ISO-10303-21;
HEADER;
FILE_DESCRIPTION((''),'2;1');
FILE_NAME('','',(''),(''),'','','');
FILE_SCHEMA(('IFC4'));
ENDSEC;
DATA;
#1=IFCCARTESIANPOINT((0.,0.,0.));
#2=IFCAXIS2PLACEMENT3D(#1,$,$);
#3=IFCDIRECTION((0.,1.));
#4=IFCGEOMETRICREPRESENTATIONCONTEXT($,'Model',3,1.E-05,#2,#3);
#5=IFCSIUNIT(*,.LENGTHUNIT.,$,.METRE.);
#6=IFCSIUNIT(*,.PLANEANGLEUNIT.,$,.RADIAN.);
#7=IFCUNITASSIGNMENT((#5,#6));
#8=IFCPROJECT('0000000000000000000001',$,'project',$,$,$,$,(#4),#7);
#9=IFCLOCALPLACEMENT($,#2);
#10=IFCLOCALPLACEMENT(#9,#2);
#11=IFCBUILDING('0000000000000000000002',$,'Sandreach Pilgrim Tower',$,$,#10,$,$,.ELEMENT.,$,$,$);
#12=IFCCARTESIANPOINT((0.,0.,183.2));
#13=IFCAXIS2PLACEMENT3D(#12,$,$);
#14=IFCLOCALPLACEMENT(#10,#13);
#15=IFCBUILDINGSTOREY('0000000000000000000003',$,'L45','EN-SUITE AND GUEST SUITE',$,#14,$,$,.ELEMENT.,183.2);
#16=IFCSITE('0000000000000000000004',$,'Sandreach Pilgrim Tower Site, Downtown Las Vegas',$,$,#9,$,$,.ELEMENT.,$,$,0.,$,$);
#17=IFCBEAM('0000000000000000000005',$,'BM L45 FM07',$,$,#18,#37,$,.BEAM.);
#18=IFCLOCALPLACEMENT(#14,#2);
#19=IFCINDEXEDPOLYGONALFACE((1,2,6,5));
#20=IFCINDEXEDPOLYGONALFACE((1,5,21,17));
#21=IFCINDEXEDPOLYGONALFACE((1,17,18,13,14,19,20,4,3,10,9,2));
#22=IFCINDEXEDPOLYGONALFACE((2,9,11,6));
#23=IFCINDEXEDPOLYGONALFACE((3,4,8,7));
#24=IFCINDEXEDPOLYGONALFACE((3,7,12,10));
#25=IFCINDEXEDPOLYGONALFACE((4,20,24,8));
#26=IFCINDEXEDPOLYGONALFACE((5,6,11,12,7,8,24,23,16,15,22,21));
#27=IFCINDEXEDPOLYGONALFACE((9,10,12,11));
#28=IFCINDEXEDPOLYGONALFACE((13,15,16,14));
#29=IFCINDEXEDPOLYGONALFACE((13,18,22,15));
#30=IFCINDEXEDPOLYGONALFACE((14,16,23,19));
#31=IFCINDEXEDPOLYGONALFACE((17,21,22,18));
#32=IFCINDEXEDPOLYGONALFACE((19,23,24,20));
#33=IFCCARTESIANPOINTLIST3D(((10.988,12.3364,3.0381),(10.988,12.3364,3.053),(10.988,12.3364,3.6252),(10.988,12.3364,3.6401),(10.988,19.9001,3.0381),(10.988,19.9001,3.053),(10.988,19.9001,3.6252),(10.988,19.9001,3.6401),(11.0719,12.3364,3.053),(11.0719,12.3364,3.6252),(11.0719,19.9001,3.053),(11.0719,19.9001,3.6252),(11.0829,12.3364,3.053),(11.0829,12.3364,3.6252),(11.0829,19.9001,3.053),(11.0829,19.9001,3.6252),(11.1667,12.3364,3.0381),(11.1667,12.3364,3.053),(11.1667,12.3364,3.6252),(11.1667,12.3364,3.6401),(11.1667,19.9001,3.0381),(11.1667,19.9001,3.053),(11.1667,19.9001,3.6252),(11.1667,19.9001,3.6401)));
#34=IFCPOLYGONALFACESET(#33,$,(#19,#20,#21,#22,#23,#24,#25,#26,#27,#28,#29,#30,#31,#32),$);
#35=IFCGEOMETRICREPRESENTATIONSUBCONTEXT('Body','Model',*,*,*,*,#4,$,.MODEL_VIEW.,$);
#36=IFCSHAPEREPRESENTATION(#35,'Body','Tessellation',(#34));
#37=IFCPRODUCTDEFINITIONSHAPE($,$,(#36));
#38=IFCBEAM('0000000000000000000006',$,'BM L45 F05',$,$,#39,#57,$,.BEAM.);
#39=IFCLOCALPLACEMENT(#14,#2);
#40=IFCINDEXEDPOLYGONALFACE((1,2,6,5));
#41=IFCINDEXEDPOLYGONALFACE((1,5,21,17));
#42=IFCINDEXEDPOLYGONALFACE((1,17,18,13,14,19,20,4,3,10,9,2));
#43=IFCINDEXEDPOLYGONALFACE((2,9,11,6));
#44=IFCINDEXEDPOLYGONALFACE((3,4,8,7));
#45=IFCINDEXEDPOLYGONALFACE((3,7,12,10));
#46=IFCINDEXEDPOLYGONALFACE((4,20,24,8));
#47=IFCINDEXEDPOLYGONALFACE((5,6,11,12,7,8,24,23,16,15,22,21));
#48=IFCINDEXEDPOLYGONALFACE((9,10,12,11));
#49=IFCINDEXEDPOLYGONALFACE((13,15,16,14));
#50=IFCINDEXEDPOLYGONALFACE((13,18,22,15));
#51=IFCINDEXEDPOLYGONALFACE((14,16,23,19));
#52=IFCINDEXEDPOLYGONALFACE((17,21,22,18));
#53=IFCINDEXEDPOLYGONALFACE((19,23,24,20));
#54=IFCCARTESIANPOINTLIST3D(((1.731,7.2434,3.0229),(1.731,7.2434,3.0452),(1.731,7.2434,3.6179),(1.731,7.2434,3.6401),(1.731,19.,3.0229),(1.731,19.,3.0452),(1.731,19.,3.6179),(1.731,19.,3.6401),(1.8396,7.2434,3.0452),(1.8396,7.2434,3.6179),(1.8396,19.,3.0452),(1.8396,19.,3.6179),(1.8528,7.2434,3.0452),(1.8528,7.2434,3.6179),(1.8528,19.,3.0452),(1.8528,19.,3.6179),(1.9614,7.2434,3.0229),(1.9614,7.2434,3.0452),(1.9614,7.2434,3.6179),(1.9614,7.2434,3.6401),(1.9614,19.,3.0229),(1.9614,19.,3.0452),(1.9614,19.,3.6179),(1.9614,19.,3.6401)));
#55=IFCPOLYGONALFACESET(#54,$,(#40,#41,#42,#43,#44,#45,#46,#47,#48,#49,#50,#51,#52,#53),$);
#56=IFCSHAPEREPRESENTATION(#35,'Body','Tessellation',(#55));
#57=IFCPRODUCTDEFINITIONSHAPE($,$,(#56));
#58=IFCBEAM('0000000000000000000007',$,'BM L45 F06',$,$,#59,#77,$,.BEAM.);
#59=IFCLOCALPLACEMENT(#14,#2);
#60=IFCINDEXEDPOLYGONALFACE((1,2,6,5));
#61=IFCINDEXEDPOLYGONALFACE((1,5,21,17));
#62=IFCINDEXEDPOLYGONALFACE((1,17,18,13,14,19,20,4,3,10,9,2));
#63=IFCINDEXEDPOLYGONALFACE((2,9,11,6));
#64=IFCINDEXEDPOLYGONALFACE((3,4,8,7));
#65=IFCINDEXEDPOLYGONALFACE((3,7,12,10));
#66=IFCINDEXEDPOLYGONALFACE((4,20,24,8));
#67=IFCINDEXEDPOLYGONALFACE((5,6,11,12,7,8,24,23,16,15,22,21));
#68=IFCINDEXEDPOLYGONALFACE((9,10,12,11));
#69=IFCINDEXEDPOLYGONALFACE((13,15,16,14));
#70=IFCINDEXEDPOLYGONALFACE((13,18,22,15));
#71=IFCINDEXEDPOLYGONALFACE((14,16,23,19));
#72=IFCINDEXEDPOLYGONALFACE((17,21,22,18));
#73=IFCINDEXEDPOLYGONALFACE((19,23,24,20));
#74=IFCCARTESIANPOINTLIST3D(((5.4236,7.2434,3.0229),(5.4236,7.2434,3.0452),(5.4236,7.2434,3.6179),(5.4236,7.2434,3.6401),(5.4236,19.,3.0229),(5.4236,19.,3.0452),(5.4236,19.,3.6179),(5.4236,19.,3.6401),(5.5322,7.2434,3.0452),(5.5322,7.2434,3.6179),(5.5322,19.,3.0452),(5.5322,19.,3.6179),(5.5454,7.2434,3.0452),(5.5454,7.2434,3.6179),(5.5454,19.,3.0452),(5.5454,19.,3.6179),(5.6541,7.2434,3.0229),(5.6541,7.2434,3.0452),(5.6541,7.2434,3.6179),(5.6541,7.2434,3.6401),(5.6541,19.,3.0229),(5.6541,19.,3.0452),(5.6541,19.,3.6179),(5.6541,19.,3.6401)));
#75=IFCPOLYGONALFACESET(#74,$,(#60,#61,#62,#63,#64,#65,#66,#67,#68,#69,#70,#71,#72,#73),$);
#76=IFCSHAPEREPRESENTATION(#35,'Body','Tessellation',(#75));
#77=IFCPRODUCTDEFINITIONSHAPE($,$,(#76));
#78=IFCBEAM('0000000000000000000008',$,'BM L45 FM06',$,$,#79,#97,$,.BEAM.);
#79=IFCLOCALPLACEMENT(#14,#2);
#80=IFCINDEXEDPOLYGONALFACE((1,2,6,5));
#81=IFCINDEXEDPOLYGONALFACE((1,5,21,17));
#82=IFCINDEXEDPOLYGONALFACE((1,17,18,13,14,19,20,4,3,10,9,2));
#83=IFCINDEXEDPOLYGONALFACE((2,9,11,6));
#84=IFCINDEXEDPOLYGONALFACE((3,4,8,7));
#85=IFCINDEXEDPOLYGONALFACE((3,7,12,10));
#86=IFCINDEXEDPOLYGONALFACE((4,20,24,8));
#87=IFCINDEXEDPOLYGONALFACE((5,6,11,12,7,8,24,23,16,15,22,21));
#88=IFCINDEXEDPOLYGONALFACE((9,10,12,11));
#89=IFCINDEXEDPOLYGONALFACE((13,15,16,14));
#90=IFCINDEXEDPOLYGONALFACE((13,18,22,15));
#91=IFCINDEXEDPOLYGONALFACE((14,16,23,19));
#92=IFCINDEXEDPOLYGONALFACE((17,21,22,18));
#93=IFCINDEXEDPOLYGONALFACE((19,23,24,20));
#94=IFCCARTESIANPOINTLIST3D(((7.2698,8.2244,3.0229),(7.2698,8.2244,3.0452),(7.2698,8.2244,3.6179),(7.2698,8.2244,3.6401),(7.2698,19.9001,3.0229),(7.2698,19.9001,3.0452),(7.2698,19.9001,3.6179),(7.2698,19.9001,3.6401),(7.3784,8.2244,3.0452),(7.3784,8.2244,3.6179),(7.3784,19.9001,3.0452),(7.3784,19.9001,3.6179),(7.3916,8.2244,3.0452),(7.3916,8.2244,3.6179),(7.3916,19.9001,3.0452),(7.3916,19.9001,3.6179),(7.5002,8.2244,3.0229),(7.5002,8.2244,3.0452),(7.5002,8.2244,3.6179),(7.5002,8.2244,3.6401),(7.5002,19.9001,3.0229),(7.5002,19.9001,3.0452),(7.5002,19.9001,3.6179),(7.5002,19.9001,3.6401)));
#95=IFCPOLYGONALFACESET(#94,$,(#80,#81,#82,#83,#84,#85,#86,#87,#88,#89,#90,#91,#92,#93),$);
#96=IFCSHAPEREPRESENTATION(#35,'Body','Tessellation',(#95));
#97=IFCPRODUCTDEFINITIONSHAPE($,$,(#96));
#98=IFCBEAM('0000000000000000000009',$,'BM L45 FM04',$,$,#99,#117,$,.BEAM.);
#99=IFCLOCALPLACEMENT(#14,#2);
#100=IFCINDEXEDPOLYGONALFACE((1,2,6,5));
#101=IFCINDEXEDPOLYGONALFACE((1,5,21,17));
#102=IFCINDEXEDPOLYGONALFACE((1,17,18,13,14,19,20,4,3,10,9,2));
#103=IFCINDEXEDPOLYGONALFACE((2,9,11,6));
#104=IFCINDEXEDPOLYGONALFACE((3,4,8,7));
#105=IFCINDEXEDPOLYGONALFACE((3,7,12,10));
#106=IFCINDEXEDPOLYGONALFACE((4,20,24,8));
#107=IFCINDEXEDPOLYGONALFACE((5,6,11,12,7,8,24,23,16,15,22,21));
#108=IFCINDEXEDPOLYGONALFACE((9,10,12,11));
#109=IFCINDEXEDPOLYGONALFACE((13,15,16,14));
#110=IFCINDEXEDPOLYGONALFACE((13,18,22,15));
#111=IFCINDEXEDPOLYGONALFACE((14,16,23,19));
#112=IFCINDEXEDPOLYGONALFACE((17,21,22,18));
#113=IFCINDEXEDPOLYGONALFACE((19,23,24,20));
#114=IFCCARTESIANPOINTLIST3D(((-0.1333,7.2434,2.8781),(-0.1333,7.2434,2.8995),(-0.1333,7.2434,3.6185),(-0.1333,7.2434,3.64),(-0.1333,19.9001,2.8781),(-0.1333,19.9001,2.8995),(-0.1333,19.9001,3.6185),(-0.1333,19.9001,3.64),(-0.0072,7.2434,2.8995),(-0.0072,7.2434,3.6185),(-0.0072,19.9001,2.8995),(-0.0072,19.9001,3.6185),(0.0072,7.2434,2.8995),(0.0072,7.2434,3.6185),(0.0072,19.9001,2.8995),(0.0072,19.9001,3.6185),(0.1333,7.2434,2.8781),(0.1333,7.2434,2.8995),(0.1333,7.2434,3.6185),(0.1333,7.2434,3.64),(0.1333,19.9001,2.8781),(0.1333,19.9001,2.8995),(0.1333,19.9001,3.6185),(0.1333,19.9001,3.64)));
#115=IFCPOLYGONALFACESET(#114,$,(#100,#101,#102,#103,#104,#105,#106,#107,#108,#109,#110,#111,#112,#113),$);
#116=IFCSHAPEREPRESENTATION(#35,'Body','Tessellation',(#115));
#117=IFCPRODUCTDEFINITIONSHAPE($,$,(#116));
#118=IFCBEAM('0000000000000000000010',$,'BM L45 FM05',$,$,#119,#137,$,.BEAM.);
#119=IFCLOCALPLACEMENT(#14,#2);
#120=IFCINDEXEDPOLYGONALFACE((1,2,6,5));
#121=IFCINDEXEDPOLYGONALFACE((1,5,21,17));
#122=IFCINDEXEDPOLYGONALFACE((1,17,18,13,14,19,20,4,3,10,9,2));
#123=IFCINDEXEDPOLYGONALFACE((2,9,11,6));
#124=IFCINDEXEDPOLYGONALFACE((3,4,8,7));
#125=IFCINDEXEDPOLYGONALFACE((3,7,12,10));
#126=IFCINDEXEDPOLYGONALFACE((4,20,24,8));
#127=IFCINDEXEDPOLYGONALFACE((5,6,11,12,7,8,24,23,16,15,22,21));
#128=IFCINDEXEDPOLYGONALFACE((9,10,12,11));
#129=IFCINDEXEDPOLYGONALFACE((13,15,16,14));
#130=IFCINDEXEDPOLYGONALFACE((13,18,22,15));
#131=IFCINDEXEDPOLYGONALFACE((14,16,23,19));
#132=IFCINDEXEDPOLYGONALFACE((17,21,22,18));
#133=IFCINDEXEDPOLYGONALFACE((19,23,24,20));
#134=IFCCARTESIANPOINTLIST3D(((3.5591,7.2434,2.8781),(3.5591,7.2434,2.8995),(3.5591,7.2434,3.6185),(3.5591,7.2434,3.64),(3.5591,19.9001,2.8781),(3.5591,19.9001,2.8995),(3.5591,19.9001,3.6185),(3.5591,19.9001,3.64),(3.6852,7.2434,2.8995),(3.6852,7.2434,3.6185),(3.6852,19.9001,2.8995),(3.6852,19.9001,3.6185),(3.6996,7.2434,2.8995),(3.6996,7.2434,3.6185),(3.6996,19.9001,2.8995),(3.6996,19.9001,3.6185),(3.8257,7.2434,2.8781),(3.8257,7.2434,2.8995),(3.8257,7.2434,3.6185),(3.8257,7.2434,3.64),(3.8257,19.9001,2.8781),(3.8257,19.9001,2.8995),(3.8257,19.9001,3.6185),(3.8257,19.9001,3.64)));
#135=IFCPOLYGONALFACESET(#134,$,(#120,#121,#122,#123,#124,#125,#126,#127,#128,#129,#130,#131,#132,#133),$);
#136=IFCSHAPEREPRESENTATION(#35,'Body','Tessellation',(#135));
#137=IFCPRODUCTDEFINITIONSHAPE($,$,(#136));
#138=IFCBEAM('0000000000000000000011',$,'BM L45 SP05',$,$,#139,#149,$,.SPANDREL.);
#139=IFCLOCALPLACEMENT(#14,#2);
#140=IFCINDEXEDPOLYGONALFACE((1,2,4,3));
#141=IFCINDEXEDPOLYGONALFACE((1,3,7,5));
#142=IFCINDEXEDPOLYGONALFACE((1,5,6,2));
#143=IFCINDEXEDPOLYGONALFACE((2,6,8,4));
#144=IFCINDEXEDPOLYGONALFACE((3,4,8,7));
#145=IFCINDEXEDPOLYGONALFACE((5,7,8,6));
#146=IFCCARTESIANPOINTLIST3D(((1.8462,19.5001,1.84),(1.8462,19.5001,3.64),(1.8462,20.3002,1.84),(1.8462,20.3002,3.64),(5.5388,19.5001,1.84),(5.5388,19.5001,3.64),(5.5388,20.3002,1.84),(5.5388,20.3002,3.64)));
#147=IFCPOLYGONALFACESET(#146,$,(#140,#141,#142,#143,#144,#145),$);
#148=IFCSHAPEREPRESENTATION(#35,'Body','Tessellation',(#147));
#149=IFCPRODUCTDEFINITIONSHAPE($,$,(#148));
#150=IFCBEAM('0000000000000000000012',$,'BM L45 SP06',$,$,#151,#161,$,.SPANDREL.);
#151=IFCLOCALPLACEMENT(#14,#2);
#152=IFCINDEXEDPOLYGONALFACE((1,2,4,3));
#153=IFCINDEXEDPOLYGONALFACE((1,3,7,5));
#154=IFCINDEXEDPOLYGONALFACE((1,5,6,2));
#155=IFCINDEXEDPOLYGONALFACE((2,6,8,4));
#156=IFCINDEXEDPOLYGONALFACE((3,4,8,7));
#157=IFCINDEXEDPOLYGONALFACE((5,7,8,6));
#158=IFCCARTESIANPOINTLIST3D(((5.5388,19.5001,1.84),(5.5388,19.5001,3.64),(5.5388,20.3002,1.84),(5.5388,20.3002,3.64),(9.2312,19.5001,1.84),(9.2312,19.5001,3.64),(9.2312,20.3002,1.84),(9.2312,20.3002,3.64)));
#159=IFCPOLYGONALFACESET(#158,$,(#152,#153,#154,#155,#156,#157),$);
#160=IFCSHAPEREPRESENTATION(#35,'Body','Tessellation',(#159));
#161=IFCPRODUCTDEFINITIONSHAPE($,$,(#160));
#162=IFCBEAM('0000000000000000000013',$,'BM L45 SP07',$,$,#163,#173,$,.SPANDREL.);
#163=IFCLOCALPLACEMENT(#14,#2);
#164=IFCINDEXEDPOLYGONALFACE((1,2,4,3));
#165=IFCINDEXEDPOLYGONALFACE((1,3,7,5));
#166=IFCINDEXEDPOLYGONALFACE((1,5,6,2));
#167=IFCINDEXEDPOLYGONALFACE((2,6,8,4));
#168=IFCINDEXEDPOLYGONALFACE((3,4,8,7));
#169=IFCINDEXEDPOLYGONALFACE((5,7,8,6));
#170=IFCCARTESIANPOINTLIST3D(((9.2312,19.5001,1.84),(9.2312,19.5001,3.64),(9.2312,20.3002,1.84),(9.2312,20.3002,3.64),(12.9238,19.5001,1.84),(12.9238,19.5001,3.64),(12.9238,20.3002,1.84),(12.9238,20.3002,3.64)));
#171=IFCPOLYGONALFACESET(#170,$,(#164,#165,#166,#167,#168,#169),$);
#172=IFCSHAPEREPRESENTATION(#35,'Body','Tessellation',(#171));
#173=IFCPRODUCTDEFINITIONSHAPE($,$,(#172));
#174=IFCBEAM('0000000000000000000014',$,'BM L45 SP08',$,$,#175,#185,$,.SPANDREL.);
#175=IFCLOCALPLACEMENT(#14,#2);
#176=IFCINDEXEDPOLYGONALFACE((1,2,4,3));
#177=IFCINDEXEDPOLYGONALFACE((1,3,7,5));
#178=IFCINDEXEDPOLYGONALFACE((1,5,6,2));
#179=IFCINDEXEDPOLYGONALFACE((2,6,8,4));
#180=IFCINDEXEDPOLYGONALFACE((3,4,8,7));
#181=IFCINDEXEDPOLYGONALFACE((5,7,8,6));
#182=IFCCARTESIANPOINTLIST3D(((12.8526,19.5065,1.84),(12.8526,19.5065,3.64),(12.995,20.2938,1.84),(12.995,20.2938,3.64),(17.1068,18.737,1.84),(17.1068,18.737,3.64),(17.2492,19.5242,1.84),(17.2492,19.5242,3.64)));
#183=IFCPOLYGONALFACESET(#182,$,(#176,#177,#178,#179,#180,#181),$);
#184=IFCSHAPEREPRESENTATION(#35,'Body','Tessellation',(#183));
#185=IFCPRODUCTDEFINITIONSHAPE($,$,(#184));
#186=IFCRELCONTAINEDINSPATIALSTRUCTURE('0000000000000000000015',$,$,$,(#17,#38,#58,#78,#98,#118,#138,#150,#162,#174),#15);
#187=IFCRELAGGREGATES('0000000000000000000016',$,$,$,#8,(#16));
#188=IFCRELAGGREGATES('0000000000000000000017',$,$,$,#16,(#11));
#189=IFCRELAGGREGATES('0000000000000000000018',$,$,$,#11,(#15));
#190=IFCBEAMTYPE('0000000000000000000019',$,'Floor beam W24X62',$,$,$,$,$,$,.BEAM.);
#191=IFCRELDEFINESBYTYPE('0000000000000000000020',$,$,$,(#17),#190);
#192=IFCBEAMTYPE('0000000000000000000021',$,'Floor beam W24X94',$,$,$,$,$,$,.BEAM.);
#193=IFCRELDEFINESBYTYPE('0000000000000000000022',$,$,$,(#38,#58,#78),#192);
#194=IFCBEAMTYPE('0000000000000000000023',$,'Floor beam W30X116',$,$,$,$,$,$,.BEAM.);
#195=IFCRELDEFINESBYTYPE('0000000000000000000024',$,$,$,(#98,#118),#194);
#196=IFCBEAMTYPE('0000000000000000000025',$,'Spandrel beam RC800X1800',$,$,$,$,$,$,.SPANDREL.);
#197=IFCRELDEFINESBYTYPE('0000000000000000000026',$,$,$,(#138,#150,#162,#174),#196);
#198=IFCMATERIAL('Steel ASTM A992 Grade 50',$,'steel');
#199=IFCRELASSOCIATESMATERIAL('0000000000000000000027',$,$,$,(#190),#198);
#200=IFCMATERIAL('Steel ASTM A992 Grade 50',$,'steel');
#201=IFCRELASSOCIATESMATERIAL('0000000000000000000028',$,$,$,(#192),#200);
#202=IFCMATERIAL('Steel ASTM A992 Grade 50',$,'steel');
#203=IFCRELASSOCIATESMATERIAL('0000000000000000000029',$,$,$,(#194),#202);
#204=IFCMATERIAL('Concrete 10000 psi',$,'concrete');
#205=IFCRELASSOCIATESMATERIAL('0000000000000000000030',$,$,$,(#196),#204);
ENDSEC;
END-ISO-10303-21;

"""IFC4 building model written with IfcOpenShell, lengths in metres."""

from ifc_helpers import new_model, si_unit, direction, frame, origin, origin_2d, place, context, subcontext, project, spatial, rectangle, i_section, extrude, material, material_profile, profile_set, type_object, element, save


model = new_model("IFC4")

# Units and contexts
model_context = context("Model", 3, precision=1e-05, world=origin(), true_north=direction((0.0, 1.0)))
body_context = subcontext(model_context, "Body", "Model", "MODEL_VIEW")
ifc_project = project(units=[si_unit("LENGTHUNIT", "METRE"), si_unit("PLANEANGLEUNIT", "RADIAN")], contexts=[model_context])

# Site, building, storey
site_placement = place(None, origin())
site = spatial("IfcSite", under=ifc_project, at=site_placement, Name="Sandreach Pilgrim Tower Site, Downtown Las Vegas", CompositionType="ELEMENT", RefElevation=0.0)
building_placement = place(site_placement, origin())
building = spatial("IfcBuilding", under=site, at=building_placement, Name="Sandreach Pilgrim Tower", CompositionType="ELEMENT")
storey_placement = place(building_placement, frame((0.0, 0.0, 183.2)))
storey = spatial("IfcBuildingStorey", under=building, at=storey_placement, Name="L45", Description="EN-SUITE AND GUEST SUITE", CompositionType="ELEMENT", Elevation=183.2)

# Beams
ifc_material_1 = material(Name="Steel ASTM A992 Grade 50", Category="steel")
ifc_material_profile_1 = material_profile(ifc_material_1, i_section(OverallWidth=0.1787, OverallDepth=0.6021, WebThickness=0.011, FlangeThickness=0.0149, at=origin_2d()), Name="W24X62")
ifc_profile_set_1 = profile_set([ifc_material_profile_1], Name="Steel ASTM A992 Grade 50")
beam_type_1 = type_object("IfcBeamType", Name="Floor beam W24X62", PredefinedType="BEAM", material=ifc_profile_set_1)
beam_1_placement = place(storey_placement, frame((11.0774, 19.9001, 3.3391), z_axis=(0.0, -1.0, 0.0), x_axis=(1.0, 0.0, 0.0)))
element("IfcBeam", 1, at=beam_1_placement, inside=storey, type_object=beam_type_1, Name="BM L45 FM07", PredefinedType="BEAM", context=body_context, shape_type="SweptSolid", body=[
    extrude(i_section(OverallWidth=0.1787, OverallDepth=0.6021, WebThickness=0.011, FlangeThickness=0.0149, at=origin_2d()), origin(), (0.0, 0.0, 1.0), 7.5637),
])
ifc_material_2 = material(Name="Steel ASTM A992 Grade 50", Category="steel")
ifc_material_profile_2 = material_profile(ifc_material_2, i_section(OverallWidth=0.2305, OverallDepth=0.6172, WebThickness=0.0132, FlangeThickness=0.0222, at=origin_2d()), Name="W24X94")
ifc_profile_set_2 = profile_set([ifc_material_profile_2], Name="Steel ASTM A992 Grade 50")
beam_type_2 = type_object("IfcBeamType", Name="Floor beam W24X94", PredefinedType="BEAM", material=ifc_profile_set_2)
for number, where, z_axis, x_axis, name in (
    (2, (1.8462, 19.0, 3.3315), (0.0, -1.0, 0.0), (1.0, 0.0, 0.0), "BM L45 F05"),
    (3, (5.5388, 19.0, 3.3315), (0.0, -1.0, 0.0), (1.0, 0.0, 0.0), "BM L45 F06"),
):
    element("IfcBeam", number, at=place(storey_placement, frame(where, z_axis=z_axis, x_axis=x_axis)), inside=storey, type_object=beam_type_2, Name=name, PredefinedType="BEAM", context=body_context, shape_type="SweptSolid", body=[
        extrude(i_section(OverallWidth=0.2305, OverallDepth=0.6172, WebThickness=0.0132, FlangeThickness=0.0222, at=origin_2d()), origin(), (0.0, 0.0, 1.0), 11.7566),
    ])
beam_2_placement = place(storey_placement, frame((7.385, 19.9001, 3.3315), z_axis=(0.0, -1.0, 0.0), x_axis=(1.0, 0.0, 0.0)))
element("IfcBeam", 4, at=beam_2_placement, inside=storey, type_object=beam_type_2, Name="BM L45 FM06", PredefinedType="BEAM", context=body_context, shape_type="SweptSolid", body=[
    extrude(i_section(OverallWidth=0.2305, OverallDepth=0.6172, WebThickness=0.0132, FlangeThickness=0.0222, at=origin_2d()), origin(), (0.0, 0.0, 1.0), 11.6758),
])
ifc_material_3 = material(Name="Steel ASTM A992 Grade 50", Category="steel")
ifc_material_profile_3 = material_profile(ifc_material_3, i_section(OverallWidth=0.2666, OverallDepth=0.762, WebThickness=0.0144, FlangeThickness=0.0215, at=origin_2d()), Name="W30X116")
ifc_profile_set_3 = profile_set([ifc_material_profile_3], Name="Steel ASTM A992 Grade 50")
beam_type_3 = type_object("IfcBeamType", Name="Floor beam W30X116", PredefinedType="BEAM", material=ifc_profile_set_3)
for number, where, z_axis, x_axis, name in (
    (5, (0.0, 19.9001, 3.259), (0.0, -1.0, 0.0), (1.0, 0.0, 0.0), "BM L45 FM04"),
    (6, (3.6924, 19.9001, 3.259), (0.0, -1.0, 0.0), (1.0, 0.0, 0.0), "BM L45 FM05"),
):
    element("IfcBeam", number, at=place(storey_placement, frame(where, z_axis=z_axis, x_axis=x_axis)), inside=storey, type_object=beam_type_3, Name=name, PredefinedType="BEAM", context=body_context, shape_type="SweptSolid", body=[
        extrude(i_section(OverallWidth=0.2666, OverallDepth=0.762, WebThickness=0.0144, FlangeThickness=0.0215, at=origin_2d()), origin(), (0.0, 0.0, 1.0), 12.6567),
    ])
ifc_material_4 = material(Name="Concrete 10000 psi", Category="concrete")
ifc_material_profile_4 = material_profile(ifc_material_4, rectangle(XDim=0.8, YDim=1.8, at=origin_2d()), Name="RC800X1800")
ifc_profile_set_4 = profile_set([ifc_material_profile_4], Name="Concrete 10000 psi")
beam_type_4 = type_object("IfcBeamType", Name="Spandrel beam RC800X1800", PredefinedType="SPANDREL", material=ifc_profile_set_4)
beam_3_placement = place(storey_placement, frame((1.8462, 19.9001, 2.74), z_axis=(1.0, 0.0, 0.0), x_axis=(0.0, 1.0, 0.0)))
element("IfcBeam", 7, at=beam_3_placement, inside=storey, type_object=beam_type_4, Name="BM L45 SP05", PredefinedType="SPANDREL", context=body_context, shape_type="SweptSolid", body=[
    extrude(rectangle(XDim=0.8, YDim=1.8, at=origin_2d()), origin(), (0.0, 0.0, 1.0), 3.6926),
])
beam_4_placement = place(storey_placement, frame((5.5388, 19.9001, 2.74), z_axis=(1.0, 0.0, 0.0), x_axis=(0.0, 1.0, 0.0)))
element("IfcBeam", 8, at=beam_4_placement, inside=storey, type_object=beam_type_4, Name="BM L45 SP06", PredefinedType="SPANDREL", context=body_context, shape_type="SweptSolid", body=[
    extrude(rectangle(XDim=0.8, YDim=1.8, at=origin_2d()), origin(), (0.0, 0.0, 1.0), 3.6924),
])
beam_5_placement = place(storey_placement, frame((9.2312, 19.9001, 2.74), z_axis=(1.0, 0.0, 0.0), x_axis=(0.0, 1.0, 0.0)))
element("IfcBeam", 9, at=beam_5_placement, inside=storey, type_object=beam_type_4, Name="BM L45 SP07", PredefinedType="SPANDREL", context=body_context, shape_type="SweptSolid", body=[
    extrude(rectangle(XDim=0.8, YDim=1.8, at=origin_2d()), origin(), (0.0, 0.0, 1.0), 3.6926),
])
beam_6_placement = place(storey_placement, frame((12.9238, 19.9001, 2.74), z_axis=(0.98403, -0.178001, 0.0), x_axis=(0.178001, 0.98403, 0.0)))
element("IfcBeam", 10, at=beam_6_placement, inside=storey, type_object=beam_type_4, Name="BM L45 SP08", PredefinedType="SPANDREL", context=body_context, shape_type="SweptSolid", body=[
    extrude(rectangle(XDim=0.8, YDim=1.8, at=origin_2d()), origin(), (0.0, 0.0, 1.0), 4.3232),
])

save(model, "model.ifc")
